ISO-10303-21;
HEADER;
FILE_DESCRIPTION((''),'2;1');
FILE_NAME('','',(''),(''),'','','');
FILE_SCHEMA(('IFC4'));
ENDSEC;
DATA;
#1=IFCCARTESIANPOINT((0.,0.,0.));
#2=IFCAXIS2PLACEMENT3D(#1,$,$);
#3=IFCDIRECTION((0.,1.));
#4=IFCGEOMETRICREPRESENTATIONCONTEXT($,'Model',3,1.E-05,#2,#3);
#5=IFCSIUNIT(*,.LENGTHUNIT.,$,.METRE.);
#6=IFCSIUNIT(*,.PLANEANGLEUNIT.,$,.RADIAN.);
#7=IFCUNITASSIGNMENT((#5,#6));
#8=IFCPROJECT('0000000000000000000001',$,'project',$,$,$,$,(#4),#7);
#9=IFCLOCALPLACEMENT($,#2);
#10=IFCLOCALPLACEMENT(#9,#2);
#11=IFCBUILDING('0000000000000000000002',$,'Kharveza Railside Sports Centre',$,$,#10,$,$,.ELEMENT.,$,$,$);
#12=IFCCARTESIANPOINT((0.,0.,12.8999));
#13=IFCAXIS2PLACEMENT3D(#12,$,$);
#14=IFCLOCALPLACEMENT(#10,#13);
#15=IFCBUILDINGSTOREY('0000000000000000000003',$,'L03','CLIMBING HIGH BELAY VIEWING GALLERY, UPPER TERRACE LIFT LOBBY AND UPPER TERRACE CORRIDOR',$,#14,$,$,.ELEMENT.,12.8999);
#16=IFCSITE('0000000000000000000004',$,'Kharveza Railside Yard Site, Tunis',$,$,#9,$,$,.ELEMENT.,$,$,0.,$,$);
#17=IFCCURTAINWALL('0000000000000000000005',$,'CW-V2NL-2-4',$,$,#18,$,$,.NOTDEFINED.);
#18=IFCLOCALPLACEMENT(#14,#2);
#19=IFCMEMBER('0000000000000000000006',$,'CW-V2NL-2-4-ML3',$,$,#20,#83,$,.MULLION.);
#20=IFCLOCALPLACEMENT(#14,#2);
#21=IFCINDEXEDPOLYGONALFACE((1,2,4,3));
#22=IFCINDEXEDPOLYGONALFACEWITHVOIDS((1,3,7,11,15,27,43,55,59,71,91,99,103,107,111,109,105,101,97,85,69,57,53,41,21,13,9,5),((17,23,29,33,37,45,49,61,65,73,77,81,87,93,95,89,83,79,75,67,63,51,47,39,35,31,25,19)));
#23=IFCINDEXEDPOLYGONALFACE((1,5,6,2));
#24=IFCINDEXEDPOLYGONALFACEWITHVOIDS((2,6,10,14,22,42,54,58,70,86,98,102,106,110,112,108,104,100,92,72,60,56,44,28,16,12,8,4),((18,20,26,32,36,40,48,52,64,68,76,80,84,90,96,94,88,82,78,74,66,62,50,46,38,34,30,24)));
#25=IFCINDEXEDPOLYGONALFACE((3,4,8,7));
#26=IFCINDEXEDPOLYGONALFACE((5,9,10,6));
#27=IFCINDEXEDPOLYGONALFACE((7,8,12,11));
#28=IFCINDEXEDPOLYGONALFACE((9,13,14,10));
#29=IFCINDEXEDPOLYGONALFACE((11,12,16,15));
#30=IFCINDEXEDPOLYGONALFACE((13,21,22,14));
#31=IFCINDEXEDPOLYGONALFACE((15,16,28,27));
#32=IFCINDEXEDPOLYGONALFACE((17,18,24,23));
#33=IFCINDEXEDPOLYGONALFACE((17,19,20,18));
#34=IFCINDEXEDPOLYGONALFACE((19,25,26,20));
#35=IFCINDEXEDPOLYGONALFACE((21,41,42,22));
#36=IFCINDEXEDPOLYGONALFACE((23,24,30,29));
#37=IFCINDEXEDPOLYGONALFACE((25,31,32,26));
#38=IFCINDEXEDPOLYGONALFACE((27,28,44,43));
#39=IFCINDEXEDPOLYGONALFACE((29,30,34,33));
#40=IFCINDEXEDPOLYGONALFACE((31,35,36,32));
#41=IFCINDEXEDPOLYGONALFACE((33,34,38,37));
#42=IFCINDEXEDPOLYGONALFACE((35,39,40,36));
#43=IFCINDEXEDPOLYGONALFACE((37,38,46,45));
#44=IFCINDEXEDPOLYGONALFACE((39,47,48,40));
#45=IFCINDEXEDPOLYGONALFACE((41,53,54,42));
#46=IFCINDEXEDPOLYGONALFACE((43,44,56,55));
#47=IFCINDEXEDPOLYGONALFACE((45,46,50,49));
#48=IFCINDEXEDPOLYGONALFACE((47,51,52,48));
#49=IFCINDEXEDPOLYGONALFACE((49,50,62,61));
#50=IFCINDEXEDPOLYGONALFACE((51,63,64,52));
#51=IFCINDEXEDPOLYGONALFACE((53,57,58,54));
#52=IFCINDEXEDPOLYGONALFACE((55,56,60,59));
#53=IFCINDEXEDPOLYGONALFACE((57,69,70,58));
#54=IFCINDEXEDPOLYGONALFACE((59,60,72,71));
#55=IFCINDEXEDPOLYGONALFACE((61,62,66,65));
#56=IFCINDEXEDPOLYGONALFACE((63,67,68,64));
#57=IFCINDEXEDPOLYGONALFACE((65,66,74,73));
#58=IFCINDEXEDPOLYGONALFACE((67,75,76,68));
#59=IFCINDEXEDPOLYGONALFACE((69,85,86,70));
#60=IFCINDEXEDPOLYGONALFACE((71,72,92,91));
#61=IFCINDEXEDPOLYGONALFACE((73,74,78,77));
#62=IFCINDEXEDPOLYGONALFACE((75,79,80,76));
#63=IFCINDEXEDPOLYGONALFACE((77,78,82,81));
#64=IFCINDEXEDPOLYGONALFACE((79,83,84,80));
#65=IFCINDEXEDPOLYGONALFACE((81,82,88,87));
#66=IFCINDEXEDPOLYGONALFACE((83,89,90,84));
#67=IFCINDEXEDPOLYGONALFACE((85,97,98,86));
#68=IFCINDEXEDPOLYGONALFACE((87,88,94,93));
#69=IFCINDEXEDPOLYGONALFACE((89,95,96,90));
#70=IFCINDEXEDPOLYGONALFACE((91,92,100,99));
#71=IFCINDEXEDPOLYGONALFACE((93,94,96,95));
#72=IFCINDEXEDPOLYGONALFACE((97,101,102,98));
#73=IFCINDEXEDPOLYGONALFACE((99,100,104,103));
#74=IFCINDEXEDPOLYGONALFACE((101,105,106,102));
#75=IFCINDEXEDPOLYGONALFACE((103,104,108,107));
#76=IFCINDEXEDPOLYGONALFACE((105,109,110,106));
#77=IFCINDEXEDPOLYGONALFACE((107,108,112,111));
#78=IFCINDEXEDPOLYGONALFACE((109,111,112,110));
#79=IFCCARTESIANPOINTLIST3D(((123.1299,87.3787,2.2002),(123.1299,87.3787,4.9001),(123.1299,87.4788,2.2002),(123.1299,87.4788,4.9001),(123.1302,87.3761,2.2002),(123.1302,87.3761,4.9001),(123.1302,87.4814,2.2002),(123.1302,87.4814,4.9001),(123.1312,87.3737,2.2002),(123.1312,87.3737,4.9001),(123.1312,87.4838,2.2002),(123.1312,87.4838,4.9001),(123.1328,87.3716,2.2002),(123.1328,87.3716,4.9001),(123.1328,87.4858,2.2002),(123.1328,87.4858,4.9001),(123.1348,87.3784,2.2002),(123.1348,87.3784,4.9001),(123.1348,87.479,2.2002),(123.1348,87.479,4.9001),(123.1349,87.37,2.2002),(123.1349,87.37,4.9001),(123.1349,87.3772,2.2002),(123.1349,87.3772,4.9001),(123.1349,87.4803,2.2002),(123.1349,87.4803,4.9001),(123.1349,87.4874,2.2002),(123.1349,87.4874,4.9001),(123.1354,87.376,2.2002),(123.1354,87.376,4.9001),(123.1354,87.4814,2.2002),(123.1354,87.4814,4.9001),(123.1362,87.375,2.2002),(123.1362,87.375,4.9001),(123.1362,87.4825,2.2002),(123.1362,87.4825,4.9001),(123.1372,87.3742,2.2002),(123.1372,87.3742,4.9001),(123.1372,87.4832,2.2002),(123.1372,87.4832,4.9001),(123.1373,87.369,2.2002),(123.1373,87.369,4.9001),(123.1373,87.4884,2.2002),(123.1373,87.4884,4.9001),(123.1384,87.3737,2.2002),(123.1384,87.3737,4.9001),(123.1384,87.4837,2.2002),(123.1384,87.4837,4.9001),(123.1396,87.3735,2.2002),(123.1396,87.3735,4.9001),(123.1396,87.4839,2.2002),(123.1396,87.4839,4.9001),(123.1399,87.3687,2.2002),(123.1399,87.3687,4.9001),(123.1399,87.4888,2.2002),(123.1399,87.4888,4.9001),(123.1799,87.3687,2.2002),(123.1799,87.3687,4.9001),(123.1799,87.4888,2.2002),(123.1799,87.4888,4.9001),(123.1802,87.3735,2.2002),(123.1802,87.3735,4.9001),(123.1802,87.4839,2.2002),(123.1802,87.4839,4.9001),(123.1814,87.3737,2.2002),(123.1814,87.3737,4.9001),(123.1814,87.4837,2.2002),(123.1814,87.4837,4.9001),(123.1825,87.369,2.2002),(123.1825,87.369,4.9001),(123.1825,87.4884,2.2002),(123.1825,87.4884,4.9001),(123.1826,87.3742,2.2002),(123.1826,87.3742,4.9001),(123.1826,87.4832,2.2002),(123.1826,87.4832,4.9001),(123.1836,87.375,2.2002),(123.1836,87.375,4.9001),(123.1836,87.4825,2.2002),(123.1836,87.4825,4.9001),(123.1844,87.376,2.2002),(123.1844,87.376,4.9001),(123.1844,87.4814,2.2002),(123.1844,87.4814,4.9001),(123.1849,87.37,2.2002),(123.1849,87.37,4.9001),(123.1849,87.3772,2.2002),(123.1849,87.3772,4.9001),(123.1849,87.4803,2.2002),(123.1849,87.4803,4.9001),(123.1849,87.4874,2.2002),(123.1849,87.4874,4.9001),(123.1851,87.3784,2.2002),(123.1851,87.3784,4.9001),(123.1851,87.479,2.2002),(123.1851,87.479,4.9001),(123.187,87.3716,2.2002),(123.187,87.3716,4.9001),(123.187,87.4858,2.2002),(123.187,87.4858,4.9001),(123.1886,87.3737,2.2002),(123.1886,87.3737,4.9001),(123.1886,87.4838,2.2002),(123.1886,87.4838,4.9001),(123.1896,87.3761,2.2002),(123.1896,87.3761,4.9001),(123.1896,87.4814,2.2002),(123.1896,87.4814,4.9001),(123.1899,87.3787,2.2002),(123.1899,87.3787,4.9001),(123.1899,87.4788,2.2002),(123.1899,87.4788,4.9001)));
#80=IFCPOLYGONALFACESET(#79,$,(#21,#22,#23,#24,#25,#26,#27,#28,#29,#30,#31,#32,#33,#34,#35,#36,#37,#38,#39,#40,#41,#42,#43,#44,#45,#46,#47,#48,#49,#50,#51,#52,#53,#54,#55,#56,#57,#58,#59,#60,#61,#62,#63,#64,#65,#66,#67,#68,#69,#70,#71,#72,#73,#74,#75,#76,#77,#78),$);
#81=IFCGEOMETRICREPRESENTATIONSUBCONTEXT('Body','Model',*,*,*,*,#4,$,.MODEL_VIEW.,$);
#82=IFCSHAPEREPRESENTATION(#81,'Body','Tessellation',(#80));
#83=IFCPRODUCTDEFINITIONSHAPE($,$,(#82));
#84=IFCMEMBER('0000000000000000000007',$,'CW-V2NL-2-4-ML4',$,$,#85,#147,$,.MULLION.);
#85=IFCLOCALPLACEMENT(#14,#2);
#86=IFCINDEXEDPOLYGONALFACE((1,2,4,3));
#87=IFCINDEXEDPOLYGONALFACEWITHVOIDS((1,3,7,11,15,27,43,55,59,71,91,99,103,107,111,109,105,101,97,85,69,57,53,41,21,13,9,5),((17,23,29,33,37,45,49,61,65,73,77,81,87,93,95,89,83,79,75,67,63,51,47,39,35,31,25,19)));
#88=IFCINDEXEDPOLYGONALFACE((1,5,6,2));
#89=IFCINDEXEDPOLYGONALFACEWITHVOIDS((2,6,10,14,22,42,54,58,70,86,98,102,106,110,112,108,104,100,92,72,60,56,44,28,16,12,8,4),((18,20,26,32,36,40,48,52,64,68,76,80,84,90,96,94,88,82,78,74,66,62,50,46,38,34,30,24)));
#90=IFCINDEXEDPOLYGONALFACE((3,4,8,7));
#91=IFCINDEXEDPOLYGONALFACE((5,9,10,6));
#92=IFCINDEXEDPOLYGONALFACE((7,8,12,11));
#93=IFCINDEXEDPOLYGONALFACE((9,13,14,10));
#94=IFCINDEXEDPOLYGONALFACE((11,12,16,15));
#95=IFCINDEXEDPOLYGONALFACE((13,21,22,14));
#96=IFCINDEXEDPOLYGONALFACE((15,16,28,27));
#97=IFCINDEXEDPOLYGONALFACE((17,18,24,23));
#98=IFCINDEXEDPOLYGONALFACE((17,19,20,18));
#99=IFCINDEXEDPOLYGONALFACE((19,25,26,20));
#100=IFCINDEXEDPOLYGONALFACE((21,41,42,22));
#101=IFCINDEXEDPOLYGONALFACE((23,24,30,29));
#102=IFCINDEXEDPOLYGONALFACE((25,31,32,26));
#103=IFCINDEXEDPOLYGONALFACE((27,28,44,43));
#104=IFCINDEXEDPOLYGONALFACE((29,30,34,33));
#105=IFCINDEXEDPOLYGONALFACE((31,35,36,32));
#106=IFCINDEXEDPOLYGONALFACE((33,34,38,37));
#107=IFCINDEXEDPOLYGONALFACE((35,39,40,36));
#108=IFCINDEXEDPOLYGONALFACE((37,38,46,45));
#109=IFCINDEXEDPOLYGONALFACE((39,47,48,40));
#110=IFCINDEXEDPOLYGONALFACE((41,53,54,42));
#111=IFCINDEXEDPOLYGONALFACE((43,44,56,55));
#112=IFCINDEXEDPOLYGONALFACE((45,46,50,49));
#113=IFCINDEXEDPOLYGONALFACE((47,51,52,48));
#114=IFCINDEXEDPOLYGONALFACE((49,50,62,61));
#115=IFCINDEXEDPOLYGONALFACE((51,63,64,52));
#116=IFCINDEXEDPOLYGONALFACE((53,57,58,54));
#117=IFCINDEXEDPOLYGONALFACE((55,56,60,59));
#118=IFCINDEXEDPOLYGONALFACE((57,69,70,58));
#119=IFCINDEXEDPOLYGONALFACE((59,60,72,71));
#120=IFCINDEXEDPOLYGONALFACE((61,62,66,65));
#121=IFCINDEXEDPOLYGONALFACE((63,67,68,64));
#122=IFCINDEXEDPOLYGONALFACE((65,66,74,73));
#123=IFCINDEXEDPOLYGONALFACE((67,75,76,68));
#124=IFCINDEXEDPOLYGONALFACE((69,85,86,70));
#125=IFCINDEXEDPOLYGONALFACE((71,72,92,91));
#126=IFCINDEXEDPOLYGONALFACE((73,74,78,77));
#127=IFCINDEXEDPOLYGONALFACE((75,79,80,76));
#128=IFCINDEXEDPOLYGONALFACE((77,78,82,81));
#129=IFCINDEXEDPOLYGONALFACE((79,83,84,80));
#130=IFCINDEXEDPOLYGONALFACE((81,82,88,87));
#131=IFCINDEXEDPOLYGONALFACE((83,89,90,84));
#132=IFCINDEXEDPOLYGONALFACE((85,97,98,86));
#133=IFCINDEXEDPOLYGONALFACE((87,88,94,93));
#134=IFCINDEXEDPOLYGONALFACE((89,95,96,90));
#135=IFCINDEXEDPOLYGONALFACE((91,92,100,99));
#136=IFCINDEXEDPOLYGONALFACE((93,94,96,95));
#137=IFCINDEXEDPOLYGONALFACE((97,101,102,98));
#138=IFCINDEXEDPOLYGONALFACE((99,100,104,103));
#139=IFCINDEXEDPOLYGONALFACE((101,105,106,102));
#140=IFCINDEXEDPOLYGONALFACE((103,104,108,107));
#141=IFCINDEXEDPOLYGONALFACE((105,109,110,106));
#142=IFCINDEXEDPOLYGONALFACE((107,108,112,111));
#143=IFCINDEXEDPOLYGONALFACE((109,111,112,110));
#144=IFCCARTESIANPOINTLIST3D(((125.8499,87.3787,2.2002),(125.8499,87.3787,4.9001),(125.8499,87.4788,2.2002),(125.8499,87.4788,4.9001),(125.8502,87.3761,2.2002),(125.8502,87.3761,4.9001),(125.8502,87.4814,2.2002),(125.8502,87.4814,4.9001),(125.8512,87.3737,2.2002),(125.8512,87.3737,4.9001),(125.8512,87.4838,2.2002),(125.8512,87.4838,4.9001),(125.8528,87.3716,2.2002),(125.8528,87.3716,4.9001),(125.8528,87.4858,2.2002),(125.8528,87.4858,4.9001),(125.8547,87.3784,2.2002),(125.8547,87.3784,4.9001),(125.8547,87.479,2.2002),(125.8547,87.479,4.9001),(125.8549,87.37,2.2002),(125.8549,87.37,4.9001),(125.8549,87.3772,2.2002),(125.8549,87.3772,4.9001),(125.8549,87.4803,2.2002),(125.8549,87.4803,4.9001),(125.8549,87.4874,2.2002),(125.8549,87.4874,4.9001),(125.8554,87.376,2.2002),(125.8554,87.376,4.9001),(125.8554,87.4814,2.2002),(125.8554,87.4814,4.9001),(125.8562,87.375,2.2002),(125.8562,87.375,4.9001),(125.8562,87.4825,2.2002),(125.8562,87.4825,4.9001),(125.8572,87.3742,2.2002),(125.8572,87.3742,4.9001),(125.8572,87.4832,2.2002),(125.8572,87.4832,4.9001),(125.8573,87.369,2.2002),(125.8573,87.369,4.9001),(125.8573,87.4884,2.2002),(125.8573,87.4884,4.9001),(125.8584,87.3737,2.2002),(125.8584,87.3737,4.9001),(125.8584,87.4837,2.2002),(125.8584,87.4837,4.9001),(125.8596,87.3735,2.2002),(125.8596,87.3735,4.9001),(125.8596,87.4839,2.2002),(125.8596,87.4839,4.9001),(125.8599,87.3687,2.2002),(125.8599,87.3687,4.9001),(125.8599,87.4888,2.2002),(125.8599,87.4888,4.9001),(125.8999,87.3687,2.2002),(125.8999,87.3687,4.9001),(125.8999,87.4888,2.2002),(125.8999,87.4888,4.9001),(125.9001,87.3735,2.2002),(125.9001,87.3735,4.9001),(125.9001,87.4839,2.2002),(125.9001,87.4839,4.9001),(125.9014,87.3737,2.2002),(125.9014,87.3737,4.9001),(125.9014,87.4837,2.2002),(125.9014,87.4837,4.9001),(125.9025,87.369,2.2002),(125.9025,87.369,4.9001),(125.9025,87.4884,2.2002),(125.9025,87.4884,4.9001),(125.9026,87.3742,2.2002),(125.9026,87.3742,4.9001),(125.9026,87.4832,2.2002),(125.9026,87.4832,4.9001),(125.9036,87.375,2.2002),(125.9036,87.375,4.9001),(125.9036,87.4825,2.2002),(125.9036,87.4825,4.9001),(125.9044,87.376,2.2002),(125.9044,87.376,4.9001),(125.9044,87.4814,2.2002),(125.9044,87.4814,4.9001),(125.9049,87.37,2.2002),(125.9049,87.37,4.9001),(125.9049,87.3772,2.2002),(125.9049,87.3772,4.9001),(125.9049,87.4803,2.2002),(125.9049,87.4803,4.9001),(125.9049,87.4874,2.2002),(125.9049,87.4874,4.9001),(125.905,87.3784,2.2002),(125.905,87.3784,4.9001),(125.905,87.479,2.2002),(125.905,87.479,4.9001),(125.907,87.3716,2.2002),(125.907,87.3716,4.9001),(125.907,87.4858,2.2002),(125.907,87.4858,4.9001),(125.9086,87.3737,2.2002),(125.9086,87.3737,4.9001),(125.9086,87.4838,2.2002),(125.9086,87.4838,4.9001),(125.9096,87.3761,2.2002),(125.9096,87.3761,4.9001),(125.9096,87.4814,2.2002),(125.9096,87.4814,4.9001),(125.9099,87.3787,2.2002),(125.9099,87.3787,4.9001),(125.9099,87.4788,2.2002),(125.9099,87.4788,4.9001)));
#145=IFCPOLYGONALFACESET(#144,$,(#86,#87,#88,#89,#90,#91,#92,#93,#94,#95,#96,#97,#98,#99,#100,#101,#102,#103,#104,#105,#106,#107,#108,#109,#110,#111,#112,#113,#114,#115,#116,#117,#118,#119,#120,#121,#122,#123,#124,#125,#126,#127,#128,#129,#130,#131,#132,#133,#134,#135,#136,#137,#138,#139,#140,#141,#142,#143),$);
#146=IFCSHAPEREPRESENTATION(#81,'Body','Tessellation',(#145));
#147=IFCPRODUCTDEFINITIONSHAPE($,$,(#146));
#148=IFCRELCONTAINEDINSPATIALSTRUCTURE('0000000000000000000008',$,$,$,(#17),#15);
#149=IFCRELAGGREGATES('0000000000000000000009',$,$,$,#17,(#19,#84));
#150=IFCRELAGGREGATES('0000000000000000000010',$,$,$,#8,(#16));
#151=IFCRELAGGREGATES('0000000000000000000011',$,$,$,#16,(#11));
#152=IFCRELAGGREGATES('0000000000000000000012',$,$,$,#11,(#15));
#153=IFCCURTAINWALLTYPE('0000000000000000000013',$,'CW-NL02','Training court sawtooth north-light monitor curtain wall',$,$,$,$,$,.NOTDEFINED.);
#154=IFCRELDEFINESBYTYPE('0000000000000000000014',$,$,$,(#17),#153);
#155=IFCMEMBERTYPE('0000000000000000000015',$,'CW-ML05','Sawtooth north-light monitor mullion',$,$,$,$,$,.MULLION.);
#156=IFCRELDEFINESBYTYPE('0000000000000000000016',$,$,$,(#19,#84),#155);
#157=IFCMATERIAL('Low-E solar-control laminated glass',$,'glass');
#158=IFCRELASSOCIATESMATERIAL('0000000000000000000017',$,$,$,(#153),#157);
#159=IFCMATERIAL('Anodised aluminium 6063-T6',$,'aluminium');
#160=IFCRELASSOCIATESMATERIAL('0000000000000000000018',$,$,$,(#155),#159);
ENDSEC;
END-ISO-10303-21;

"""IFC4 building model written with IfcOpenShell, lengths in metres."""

from ifc_helpers import new_model, si_unit, direction, frame, origin, origin_2d, place, context, subcontext, project, spatial, hollow_rectangle, extrude, material, material_profile, profile_set, type_object, element, aggregate, save


model = new_model("IFC4")

# Units and contexts
model_context = context("Model", 3, precision=1e-05, world=origin(), true_north=direction((0.0, 1.0)))
body_context = subcontext(model_context, "Body", "Model", "MODEL_VIEW")
ifc_project = project(units=[si_unit("LENGTHUNIT", "METRE"), si_unit("PLANEANGLEUNIT", "RADIAN")], contexts=[model_context])

# Site, building, storey
site_placement = place(None, origin())
site = spatial("IfcSite", under=ifc_project, at=site_placement, Name="Kharveza Railside Yard Site, Tunis", CompositionType="ELEMENT", RefElevation=0.0)
building_placement = place(site_placement, origin())
building = spatial("IfcBuilding", under=site, at=building_placement, Name="Kharveza Railside Sports Centre", CompositionType="ELEMENT")
storey_placement = place(building_placement, frame((0.0, 0.0, 12.8999)))
storey = spatial("IfcBuildingStorey", under=building, at=storey_placement, Name="L03", Description="CLIMBING HIGH BELAY VIEWING GALLERY, UPPER TERRACE LIFT LOBBY AND UPPER TERRACE CORRIDOR", CompositionType="ELEMENT", Elevation=12.8999)

# Curtain wall, members
ifc_material_1 = material(Name="Low-E solar-control laminated glass", Category="glass")
curtain_wall_type = type_object("IfcCurtainWallType", Name="CW-NL02", Description="Training court sawtooth north-light monitor curtain wall", PredefinedType="NOTDEFINED", material=ifc_material_1)
curtain_wall_1_placement = place(storey_placement, origin())
curtain_wall_1 = element("IfcCurtainWall", 1, at=curtain_wall_1_placement, inside=storey, type_object=curtain_wall_type, Name="CW-V2NL-2-4", PredefinedType="NOTDEFINED")
ifc_material_2 = material(Name="Anodised aluminium 6063-T6", Category="aluminium")
ifc_material_profile_1 = material_profile(ifc_material_2, hollow_rectangle(XDim=0.0601, YDim=0.1201, WallThickness=0.0049, InnerFilletRadius=0.0049, OuterFilletRadius=0.01, at=origin_2d()), Name="RHS 60x120x5.0")
ifc_profile_set_1 = profile_set([ifc_material_profile_1], Name="Anodised aluminium 6063-T6")
member_type_1 = type_object("IfcMemberType", Name="CW-ML05", Description="Sawtooth north-light monitor mullion", PredefinedType="MULLION", material=ifc_profile_set_1)
member_1_placement = place(storey_placement, frame((123.1599, 87.4287, 2.2002), z_axis=(0.0, 0.0, 1.0), x_axis=(1.0, 0.0, 0.0)))
member_1 = element("IfcMember", 2, at=member_1_placement, type_object=member_type_1, Name="CW-V2NL-2-4-ML3", PredefinedType="MULLION", context=body_context, shape_type="SweptSolid", body=[
    extrude(hollow_rectangle(XDim=0.0601, YDim=0.1201, WallThickness=0.0049, InnerFilletRadius=0.0049, OuterFilletRadius=0.01, at=origin_2d()), origin(), (0.0, 0.0, 1.0), 2.7),
])
member_2_placement = place(storey_placement, frame((125.8799, 87.4287, 2.2002), z_axis=(0.0, 0.0, 1.0), x_axis=(1.0, 0.0, 0.0)))
member_2 = element("IfcMember", 3, at=member_2_placement, type_object=member_type_1, Name="CW-V2NL-2-4-ML4", PredefinedType="MULLION", context=body_context, shape_type="SweptSolid", body=[
    extrude(hollow_rectangle(XDim=0.0601, YDim=0.1201, WallThickness=0.0049, InnerFilletRadius=0.0049, OuterFilletRadius=0.01, at=origin_2d()), origin(), (0.0, 0.0, 1.0), 2.7),
])

aggregate(curtain_wall_1, [member_1, member_2])

save(model, "model.ifc")
